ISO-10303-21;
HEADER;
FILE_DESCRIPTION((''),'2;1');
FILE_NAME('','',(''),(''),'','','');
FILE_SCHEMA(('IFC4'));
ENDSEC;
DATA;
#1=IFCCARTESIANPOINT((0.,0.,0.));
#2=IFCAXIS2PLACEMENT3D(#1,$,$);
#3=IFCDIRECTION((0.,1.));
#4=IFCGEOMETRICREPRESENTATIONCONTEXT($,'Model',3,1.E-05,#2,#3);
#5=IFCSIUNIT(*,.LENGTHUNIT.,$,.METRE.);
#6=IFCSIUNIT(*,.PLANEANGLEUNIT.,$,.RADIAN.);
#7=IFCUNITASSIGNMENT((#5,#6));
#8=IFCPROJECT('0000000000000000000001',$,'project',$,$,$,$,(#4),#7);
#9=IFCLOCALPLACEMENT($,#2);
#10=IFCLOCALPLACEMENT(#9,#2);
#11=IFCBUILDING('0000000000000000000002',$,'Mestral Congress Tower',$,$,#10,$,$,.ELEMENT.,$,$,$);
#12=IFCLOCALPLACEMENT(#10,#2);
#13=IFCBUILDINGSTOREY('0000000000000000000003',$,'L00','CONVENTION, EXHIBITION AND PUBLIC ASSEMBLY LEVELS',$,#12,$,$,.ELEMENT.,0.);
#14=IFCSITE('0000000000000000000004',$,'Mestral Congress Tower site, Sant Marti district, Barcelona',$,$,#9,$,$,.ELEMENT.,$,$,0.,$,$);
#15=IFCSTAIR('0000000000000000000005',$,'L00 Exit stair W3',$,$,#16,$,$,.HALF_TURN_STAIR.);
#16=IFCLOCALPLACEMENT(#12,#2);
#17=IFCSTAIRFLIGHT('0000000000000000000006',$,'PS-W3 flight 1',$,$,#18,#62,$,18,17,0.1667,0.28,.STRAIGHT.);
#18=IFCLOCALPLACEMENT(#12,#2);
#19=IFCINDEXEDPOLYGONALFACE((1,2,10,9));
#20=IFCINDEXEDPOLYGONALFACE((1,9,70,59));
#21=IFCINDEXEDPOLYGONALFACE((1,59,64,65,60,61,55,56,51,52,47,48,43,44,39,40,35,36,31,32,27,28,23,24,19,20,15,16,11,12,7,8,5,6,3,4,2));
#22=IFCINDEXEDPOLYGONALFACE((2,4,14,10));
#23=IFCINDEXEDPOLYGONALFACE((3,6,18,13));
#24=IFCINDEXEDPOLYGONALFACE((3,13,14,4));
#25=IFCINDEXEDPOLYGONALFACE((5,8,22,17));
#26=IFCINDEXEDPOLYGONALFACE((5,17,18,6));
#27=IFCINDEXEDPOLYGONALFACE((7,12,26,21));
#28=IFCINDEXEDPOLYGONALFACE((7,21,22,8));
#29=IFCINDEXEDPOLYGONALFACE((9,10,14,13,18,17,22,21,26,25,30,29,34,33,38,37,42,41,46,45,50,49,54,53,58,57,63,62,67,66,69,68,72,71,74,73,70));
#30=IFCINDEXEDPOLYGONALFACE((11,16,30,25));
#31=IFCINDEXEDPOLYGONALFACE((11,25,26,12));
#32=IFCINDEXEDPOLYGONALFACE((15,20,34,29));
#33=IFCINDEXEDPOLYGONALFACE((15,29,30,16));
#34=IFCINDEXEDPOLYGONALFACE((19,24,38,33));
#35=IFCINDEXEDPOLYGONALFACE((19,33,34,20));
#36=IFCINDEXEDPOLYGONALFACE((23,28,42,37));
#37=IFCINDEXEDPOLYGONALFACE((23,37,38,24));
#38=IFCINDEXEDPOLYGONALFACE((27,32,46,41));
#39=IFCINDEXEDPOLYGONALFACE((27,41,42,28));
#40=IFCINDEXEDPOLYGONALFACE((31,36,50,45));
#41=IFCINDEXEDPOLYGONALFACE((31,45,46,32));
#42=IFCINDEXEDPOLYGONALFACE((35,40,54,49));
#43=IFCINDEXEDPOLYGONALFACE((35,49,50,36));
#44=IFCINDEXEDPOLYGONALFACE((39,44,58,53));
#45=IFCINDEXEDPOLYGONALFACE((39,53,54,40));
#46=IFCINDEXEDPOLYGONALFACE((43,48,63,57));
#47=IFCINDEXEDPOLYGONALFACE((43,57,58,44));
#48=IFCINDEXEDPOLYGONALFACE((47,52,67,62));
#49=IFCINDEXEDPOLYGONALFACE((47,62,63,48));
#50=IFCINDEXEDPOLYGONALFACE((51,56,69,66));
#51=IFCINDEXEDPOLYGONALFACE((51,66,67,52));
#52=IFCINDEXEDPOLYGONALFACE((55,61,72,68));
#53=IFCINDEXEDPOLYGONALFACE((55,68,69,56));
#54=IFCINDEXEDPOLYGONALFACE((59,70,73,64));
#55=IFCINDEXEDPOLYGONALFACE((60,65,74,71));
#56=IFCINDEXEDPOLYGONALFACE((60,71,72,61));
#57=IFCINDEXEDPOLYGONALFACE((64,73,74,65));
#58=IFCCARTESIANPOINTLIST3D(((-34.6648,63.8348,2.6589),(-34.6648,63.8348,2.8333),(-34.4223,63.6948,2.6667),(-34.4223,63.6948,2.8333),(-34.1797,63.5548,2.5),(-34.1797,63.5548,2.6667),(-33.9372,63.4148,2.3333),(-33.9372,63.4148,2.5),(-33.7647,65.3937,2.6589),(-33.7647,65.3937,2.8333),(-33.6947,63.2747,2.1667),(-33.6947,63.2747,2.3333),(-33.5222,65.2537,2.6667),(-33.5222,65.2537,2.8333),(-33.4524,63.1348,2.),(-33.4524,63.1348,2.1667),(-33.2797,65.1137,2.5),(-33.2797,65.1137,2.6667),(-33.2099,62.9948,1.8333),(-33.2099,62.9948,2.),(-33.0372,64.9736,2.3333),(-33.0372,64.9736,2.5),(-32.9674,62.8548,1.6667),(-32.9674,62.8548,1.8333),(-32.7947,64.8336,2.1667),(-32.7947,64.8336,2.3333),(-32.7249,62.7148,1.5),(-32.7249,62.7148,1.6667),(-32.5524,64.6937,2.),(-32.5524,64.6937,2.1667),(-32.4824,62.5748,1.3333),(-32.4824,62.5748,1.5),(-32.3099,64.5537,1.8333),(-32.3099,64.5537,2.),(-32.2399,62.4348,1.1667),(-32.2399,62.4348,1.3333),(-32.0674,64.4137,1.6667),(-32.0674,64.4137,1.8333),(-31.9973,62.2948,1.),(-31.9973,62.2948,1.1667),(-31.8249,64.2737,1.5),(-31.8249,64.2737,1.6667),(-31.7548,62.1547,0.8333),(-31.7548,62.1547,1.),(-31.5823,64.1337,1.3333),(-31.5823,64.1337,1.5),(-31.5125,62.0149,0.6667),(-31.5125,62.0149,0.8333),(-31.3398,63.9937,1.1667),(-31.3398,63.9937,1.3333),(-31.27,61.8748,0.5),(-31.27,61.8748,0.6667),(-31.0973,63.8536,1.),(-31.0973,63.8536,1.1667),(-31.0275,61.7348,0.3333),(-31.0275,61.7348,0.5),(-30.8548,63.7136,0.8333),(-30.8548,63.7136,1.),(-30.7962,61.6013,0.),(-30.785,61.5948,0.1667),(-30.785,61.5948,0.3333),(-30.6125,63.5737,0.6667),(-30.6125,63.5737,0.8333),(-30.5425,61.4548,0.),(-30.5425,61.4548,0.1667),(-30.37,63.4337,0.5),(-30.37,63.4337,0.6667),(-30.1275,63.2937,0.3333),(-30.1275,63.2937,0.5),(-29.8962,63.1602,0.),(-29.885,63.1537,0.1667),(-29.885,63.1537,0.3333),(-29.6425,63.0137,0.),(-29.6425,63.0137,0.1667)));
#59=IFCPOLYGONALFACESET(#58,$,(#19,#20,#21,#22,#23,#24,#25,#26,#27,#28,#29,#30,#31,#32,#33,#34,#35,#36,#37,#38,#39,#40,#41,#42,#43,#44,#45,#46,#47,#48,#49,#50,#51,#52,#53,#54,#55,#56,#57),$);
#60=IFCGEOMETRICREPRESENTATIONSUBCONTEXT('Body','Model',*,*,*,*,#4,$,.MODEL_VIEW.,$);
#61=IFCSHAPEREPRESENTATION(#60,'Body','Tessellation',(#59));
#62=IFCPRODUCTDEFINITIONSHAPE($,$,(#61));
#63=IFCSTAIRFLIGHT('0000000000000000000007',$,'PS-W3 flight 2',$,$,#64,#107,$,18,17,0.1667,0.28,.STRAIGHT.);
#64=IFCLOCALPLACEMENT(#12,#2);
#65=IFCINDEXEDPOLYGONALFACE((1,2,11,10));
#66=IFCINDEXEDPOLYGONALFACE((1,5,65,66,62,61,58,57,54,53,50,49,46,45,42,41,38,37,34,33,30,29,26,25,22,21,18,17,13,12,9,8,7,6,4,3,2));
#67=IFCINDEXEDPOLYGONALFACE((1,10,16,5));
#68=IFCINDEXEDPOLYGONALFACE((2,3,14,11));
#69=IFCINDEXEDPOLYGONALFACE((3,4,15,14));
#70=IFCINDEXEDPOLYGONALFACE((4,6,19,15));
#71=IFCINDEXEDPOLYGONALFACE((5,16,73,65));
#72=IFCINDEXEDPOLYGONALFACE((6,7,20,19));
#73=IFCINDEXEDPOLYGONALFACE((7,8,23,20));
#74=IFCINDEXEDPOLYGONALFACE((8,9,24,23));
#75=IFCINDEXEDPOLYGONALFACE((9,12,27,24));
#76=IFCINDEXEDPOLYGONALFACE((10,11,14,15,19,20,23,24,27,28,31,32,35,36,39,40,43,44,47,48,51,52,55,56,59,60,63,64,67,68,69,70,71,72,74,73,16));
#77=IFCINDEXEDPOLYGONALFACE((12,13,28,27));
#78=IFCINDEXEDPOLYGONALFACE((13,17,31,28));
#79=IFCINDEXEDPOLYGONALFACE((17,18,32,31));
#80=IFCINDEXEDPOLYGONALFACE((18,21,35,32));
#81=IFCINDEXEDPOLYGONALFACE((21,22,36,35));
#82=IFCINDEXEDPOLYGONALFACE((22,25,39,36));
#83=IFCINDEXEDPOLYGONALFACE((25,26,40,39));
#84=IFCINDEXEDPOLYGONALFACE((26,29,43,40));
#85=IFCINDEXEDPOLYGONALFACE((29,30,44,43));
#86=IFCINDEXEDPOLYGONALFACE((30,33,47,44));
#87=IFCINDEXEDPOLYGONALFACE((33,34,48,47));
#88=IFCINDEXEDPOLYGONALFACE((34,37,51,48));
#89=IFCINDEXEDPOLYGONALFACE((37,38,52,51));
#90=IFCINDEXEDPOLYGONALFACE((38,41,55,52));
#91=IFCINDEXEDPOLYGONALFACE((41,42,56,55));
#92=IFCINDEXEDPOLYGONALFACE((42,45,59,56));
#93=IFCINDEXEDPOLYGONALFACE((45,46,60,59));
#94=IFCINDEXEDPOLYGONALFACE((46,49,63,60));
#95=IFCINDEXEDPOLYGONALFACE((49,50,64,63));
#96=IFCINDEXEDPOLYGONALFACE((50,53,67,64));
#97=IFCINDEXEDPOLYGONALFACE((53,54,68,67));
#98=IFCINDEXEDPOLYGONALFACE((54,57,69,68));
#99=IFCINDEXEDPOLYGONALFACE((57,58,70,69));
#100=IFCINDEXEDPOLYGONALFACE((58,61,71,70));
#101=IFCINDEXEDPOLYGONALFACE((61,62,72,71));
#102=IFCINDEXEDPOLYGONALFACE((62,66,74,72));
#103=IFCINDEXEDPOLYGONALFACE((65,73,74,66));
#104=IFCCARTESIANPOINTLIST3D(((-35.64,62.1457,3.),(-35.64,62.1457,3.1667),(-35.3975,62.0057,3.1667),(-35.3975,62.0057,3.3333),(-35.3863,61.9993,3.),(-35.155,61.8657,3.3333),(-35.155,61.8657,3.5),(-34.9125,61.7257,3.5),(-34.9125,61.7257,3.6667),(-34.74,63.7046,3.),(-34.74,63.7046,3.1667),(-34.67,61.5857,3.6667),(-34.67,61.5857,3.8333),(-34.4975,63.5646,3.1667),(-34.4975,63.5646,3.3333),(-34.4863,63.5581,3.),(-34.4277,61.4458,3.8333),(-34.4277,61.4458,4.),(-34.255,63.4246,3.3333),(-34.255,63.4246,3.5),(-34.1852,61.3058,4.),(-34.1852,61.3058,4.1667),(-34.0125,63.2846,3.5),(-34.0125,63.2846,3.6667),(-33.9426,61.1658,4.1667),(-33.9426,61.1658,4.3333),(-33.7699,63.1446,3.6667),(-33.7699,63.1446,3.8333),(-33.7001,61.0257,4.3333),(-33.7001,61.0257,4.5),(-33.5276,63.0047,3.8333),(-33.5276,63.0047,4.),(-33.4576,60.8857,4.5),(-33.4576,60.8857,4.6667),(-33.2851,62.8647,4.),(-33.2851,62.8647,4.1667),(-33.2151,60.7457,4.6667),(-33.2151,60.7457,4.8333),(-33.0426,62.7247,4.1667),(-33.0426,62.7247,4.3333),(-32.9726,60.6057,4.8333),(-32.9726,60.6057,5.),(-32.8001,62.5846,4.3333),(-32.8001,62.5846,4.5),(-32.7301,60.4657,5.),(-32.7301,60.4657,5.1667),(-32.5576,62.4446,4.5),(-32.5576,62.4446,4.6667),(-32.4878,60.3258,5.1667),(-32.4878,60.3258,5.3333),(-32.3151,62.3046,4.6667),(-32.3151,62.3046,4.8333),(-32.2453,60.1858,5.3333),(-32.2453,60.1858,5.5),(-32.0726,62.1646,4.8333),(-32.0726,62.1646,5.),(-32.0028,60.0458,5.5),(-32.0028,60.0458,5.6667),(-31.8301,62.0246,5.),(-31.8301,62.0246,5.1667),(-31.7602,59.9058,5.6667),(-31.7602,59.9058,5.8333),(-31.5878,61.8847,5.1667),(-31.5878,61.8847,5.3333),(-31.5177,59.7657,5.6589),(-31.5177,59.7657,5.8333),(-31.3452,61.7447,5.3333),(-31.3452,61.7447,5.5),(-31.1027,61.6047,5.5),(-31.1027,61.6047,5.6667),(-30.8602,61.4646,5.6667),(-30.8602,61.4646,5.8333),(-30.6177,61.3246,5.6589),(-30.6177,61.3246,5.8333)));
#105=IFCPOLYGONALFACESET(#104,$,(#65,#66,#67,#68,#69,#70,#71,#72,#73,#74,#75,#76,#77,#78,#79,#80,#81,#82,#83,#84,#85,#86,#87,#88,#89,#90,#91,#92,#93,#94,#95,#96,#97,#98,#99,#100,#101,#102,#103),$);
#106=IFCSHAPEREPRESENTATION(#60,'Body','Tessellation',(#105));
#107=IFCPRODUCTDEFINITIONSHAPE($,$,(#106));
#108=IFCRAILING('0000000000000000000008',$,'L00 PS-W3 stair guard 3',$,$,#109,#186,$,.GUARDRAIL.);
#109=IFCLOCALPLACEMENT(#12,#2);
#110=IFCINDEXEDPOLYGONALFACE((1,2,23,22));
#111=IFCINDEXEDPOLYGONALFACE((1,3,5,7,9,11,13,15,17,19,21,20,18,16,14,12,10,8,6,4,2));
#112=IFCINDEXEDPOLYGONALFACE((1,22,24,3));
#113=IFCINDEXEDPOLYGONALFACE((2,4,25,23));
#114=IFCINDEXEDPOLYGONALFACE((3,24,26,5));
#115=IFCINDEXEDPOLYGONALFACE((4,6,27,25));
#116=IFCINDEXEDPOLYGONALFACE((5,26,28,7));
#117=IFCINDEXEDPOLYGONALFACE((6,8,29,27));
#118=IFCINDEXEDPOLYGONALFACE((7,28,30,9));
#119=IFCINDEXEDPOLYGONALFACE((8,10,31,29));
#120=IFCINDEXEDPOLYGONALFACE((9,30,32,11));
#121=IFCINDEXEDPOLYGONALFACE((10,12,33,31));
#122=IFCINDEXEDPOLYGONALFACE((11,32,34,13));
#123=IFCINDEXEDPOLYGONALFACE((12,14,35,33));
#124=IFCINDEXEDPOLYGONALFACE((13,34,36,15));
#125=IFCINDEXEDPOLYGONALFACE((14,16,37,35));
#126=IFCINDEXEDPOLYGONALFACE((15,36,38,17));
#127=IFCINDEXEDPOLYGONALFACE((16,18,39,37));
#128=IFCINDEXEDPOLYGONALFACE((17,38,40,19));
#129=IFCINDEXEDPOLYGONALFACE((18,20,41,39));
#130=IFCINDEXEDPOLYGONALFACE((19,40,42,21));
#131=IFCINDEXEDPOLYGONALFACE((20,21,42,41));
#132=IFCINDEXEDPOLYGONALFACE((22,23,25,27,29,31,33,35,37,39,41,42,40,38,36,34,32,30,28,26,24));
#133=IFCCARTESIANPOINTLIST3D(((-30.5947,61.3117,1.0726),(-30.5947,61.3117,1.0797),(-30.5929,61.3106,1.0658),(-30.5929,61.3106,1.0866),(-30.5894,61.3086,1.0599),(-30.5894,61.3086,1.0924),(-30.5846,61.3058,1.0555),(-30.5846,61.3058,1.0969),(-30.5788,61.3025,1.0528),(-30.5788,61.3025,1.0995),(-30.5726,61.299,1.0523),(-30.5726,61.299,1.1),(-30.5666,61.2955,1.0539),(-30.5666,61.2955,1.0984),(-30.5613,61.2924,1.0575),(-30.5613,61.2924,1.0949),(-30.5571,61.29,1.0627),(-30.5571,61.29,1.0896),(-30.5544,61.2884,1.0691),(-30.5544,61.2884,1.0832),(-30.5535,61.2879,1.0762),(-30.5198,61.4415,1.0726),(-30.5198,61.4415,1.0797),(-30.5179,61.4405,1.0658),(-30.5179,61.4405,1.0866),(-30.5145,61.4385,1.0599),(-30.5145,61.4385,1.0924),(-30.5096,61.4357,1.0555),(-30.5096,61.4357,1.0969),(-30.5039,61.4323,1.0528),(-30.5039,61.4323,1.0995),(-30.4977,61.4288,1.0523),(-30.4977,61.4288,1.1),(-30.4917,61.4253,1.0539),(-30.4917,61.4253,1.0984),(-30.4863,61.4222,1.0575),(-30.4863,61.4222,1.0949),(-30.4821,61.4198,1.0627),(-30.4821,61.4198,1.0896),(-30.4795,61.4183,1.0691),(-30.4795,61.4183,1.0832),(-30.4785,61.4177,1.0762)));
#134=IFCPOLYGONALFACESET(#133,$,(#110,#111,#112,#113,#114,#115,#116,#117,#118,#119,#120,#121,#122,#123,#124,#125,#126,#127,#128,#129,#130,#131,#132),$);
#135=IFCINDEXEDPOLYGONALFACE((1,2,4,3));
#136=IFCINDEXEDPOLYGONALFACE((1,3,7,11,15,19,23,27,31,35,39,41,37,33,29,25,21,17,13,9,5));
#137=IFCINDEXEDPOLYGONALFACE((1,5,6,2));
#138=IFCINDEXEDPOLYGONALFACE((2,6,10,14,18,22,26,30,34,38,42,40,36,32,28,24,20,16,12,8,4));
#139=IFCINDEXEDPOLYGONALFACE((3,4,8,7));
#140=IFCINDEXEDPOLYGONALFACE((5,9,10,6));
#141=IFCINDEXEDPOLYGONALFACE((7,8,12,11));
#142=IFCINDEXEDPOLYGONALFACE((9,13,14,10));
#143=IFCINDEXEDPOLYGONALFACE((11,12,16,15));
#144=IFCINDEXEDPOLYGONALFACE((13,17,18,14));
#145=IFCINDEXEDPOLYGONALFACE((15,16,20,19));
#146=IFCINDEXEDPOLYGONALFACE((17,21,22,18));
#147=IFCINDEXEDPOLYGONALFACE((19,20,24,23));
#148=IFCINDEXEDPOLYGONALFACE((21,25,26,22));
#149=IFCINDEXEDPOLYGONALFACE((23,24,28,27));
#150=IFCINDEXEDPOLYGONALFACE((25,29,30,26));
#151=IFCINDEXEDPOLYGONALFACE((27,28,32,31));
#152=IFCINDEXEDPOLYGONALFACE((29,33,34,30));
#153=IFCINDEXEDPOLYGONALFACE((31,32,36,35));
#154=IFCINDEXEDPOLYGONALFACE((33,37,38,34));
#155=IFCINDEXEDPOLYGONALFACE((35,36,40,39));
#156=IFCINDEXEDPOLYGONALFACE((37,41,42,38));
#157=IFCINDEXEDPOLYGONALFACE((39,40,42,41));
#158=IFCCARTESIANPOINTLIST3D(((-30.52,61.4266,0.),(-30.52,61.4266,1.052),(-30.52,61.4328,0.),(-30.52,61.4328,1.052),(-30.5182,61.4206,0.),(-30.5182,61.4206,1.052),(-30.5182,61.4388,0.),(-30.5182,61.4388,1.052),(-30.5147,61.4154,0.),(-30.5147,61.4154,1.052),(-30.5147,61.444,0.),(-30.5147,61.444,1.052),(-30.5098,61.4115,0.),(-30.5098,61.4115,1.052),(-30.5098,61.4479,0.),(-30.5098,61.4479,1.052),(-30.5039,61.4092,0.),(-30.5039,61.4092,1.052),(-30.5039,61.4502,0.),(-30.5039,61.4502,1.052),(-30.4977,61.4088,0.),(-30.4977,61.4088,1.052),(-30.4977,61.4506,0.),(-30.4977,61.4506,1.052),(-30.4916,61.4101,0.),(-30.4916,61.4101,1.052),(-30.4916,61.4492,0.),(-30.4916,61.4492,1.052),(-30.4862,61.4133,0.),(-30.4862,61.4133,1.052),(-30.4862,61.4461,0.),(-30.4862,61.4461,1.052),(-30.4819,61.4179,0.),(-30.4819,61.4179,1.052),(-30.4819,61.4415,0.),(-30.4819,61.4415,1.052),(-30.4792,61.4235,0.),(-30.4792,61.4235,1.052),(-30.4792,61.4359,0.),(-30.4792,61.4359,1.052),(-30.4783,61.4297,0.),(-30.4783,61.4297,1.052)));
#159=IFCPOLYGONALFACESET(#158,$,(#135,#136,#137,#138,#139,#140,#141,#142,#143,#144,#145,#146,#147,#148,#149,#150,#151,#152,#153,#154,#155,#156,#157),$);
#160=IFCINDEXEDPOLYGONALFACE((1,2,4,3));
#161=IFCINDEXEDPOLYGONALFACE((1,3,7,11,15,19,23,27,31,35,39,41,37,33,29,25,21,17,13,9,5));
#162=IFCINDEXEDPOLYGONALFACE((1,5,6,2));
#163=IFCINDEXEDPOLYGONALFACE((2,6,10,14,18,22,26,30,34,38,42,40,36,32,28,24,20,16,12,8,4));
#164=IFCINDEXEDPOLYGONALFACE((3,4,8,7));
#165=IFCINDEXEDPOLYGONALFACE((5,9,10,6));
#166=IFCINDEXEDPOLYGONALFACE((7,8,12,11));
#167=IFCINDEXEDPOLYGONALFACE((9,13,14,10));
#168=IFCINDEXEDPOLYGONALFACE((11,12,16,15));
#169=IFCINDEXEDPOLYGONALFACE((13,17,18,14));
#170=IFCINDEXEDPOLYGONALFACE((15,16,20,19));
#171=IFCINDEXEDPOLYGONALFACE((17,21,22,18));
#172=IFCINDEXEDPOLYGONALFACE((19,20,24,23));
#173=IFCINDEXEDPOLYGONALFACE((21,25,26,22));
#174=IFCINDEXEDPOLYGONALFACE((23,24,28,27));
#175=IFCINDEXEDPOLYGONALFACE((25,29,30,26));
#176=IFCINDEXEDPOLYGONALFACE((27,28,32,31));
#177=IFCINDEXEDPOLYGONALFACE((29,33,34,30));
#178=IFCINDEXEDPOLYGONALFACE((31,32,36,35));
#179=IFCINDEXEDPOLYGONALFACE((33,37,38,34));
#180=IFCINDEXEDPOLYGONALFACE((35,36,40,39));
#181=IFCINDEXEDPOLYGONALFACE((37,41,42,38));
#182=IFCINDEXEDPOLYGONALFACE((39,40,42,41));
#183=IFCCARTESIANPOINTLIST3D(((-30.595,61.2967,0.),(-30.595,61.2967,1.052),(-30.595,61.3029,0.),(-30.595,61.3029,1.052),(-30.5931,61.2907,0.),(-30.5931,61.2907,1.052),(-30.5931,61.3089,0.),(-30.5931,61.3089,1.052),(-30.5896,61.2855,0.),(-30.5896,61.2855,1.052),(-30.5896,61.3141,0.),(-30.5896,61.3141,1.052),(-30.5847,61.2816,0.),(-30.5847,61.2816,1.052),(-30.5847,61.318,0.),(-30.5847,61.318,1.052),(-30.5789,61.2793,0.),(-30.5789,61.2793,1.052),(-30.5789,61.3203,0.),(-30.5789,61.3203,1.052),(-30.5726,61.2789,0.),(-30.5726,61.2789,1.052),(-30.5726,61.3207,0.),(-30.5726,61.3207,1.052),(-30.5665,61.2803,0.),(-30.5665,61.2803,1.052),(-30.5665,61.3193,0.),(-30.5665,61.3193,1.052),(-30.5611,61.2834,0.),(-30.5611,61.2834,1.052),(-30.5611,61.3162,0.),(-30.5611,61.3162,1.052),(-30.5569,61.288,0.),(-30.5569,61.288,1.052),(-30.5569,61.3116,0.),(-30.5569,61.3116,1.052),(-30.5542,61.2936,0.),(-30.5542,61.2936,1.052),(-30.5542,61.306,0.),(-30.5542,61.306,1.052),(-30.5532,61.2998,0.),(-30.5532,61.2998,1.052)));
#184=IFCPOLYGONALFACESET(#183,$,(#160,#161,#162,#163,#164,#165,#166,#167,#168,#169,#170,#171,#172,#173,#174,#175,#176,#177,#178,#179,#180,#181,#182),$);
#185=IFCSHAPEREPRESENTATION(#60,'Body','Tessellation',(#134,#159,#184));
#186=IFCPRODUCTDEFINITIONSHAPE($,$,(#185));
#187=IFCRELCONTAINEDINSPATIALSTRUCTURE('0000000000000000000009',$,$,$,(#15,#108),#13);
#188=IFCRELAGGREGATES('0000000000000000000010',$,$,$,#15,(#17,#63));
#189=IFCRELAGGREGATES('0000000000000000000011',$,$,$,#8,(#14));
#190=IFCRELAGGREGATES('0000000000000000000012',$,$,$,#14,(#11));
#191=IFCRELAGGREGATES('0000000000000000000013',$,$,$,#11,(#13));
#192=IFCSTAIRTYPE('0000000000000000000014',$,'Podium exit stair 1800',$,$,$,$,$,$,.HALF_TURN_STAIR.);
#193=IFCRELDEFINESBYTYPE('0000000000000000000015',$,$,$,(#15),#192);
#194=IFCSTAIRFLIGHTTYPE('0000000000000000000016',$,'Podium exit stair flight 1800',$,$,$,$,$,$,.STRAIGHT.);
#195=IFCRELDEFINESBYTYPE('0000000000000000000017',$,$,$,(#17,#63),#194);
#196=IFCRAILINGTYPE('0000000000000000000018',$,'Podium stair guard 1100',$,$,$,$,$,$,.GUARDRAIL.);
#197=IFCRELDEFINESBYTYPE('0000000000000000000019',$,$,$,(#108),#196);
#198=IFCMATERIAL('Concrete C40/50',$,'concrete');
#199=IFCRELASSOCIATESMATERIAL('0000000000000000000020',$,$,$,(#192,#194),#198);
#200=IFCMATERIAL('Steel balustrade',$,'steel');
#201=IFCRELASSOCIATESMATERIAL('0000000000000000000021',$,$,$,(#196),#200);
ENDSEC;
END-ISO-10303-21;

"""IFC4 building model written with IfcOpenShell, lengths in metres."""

from ifc_helpers import new_model, si_unit, direction, frame, origin, origin_2d, place, context, subcontext, project, spatial, polyline, circle, outline, extrude, material, type_object, element, aggregate, save


model = new_model("IFC4")

# Units and contexts
model_context = context("Model", 3, precision=1e-05, world=origin(), true_north=direction((0.0, 1.0)))
body_context = subcontext(model_context, "Body", "Model", "MODEL_VIEW")
ifc_project = project(units=[si_unit("LENGTHUNIT", "METRE"), si_unit("PLANEANGLEUNIT", "RADIAN")], contexts=[model_context])

# Site, building, storey
site_placement = place(None, origin())
site = spatial("IfcSite", under=ifc_project, at=site_placement, Name="Mestral Congress Tower site, Sant Marti district, Barcelona", CompositionType="ELEMENT", RefElevation=0.0)
building_placement = place(site_placement, origin())
building = spatial("IfcBuilding", under=site, at=building_placement, Name="Mestral Congress Tower", CompositionType="ELEMENT")
storey_placement = place(building_placement, origin())
storey = spatial("IfcBuildingStorey", under=building, at=storey_placement, Name="L00", Description="CONVENTION, EXHIBITION AND PUBLIC ASSEMBLY LEVELS", CompositionType="ELEMENT", Elevation=0.0)

# Stair, stair flights
ifc_material_1 = material(Name="Concrete C40/50", Category="concrete")
stair_type = type_object("IfcStairType", Name="Podium exit stair 1800", PredefinedType="HALF_TURN_STAIR", material=ifc_material_1)
stair_placement = place(storey_placement, origin())
stair = element("IfcStair", 1, at=stair_placement, inside=storey, type_object=stair_type, Name="L00 Exit stair W3", PredefinedType="HALF_TURN_STAIR")
stair_flight_type = type_object("IfcStairFlightType", Name="Podium exit stair flight 1800", PredefinedType="STRAIGHT", material=ifc_material_1)
stair_flight_1_placement = place(storey_placement, frame((-30.0925, 62.2341, 0.0), z_axis=(0.0, 0.0, 1.0), x_axis=(-0.866025, 0.5, 0.0)))
stair_flight_1 = element("IfcStairFlight", 2, at=stair_flight_1_placement, type_object=stair_flight_type, Name="PS-W3 flight 1", NumberOfRisers=18, NumberOfTreads=17, PredefinedType="STRAIGHT", RiserHeight=0.1667, TreadLength=0.28, context=body_context, shape_type="SweptSolid", body=[
    extrude(outline(polyline([(0.0, 0.0), (0.0, 0.1667), (0.28, 0.1667), (0.28, 0.3333), (0.5601, 0.3333), (0.5601, 0.5), (0.8401, 0.5), (0.8401, 0.6667), (1.1201, 0.6667), (1.1201, 0.8333), (1.3999, 0.8333), (1.3999, 1.0), (1.6799, 1.0), (1.6799, 1.1667), (1.96, 1.1667), (1.96, 1.3333), (2.24, 1.3333), (2.24, 1.5), (2.52, 1.5), (2.52, 1.6667), (2.8, 1.6667), (2.8, 1.8333), (3.0801, 1.8333), (3.0801, 2.0), (3.3601, 2.0), (3.3601, 2.1667), (3.6399, 2.1667), (3.6399, 2.3333), (3.9199, 2.3333), (3.9199, 2.5), (4.2, 2.5), (4.2, 2.6667), (4.48, 2.6667), (4.48, 2.8333), (4.76, 2.8333), (4.76, 3.0), (4.76, 2.6589), (0.293, 0.0), (0.0, 0.0)])), frame((0.0, 0.8999, 0.0), z_axis=(0.0, -1.0, 0.0), x_axis=(1.0, 0.0, 0.0)), (0.0, 0.0, 1.0), 1.8),
])
stair_flight_2_placement = place(storey_placement, frame((-35.1899, 62.9253, 3.0), z_axis=(0.0, 0.0, 1.0), x_axis=(0.866025, -0.5, 0.0)))
stair_flight_2 = element("IfcStairFlight", 3, at=stair_flight_2_placement, type_object=stair_flight_type, Name="PS-W3 flight 2", NumberOfRisers=18, NumberOfTreads=17, PredefinedType="STRAIGHT", RiserHeight=0.1667, TreadLength=0.28, context=body_context, shape_type="SweptSolid", body=[
    extrude(outline(polyline([(0.0, 0.0), (0.0, 0.1667), (0.28, 0.1667), (0.28, 0.3333), (0.5601, 0.3333), (0.5601, 0.5), (0.8401, 0.5), (0.8401, 0.6667), (1.1201, 0.6667), (1.1201, 0.8333), (1.3999, 0.8333), (1.3999, 1.0), (1.6799, 1.0), (1.6799, 1.1667), (1.96, 1.1667), (1.96, 1.3333), (2.24, 1.3333), (2.24, 1.5), (2.52, 1.5), (2.52, 1.6667), (2.8, 1.6667), (2.8, 1.8333), (3.0801, 1.8333), (3.0801, 2.0), (3.3601, 2.0), (3.3601, 2.1667), (3.6399, 2.1667), (3.6399, 2.3333), (3.9199, 2.3333), (3.9199, 2.5), (4.2, 2.5), (4.2, 2.6667), (4.48, 2.6667), (4.48, 2.8333), (4.76, 2.8333), (4.76, 3.0), (4.76, 2.6589), (0.293, 0.0), (0.0, 0.0)])), frame((0.0, 0.8999, 0.0), z_axis=(0.0, -1.0, 0.0), x_axis=(1.0, 0.0, 0.0)), (0.0, 0.0, 1.0), 1.8),
])
aggregate(stair, [stair_flight_1, stair_flight_2])

# Railing
ifc_material_2 = material(Name="Steel balustrade", Category="steel")
railing_type_1 = type_object("IfcRailingType", Name="Podium stair guard 1100", PredefinedType="GUARDRAIL", material=ifc_material_2)
railing_1_placement = place(storey_placement, frame((-30.4993, 61.4297, 0.0)))
element("IfcRailing", 4, at=railing_1_placement, inside=storey, type_object=railing_type_1, Name="L00 PS-W3 stair guard 3", PredefinedType="GUARDRAIL", context=body_context, shape_type="SweptSolid", body=[
    extrude(circle(Radius=0.0239, at=origin_2d()), frame((0.0, 0.0, 1.0762), z_axis=(-0.499816, -0.866131, 0.0), x_axis=(0.866131, -0.499816, 0.0)), (0.0, 0.0, 1.0), 0.1499),
    extrude(circle(Radius=0.021, at=origin_2d()), origin(), (0.0, 0.0, 1.0), 1.052),
    extrude(circle(Radius=0.021, at=origin_2d()), frame((-0.075, -0.1299, 0.0)), (0.0, 0.0, 1.0), 1.052),
])

save(model, "model.ifc")
